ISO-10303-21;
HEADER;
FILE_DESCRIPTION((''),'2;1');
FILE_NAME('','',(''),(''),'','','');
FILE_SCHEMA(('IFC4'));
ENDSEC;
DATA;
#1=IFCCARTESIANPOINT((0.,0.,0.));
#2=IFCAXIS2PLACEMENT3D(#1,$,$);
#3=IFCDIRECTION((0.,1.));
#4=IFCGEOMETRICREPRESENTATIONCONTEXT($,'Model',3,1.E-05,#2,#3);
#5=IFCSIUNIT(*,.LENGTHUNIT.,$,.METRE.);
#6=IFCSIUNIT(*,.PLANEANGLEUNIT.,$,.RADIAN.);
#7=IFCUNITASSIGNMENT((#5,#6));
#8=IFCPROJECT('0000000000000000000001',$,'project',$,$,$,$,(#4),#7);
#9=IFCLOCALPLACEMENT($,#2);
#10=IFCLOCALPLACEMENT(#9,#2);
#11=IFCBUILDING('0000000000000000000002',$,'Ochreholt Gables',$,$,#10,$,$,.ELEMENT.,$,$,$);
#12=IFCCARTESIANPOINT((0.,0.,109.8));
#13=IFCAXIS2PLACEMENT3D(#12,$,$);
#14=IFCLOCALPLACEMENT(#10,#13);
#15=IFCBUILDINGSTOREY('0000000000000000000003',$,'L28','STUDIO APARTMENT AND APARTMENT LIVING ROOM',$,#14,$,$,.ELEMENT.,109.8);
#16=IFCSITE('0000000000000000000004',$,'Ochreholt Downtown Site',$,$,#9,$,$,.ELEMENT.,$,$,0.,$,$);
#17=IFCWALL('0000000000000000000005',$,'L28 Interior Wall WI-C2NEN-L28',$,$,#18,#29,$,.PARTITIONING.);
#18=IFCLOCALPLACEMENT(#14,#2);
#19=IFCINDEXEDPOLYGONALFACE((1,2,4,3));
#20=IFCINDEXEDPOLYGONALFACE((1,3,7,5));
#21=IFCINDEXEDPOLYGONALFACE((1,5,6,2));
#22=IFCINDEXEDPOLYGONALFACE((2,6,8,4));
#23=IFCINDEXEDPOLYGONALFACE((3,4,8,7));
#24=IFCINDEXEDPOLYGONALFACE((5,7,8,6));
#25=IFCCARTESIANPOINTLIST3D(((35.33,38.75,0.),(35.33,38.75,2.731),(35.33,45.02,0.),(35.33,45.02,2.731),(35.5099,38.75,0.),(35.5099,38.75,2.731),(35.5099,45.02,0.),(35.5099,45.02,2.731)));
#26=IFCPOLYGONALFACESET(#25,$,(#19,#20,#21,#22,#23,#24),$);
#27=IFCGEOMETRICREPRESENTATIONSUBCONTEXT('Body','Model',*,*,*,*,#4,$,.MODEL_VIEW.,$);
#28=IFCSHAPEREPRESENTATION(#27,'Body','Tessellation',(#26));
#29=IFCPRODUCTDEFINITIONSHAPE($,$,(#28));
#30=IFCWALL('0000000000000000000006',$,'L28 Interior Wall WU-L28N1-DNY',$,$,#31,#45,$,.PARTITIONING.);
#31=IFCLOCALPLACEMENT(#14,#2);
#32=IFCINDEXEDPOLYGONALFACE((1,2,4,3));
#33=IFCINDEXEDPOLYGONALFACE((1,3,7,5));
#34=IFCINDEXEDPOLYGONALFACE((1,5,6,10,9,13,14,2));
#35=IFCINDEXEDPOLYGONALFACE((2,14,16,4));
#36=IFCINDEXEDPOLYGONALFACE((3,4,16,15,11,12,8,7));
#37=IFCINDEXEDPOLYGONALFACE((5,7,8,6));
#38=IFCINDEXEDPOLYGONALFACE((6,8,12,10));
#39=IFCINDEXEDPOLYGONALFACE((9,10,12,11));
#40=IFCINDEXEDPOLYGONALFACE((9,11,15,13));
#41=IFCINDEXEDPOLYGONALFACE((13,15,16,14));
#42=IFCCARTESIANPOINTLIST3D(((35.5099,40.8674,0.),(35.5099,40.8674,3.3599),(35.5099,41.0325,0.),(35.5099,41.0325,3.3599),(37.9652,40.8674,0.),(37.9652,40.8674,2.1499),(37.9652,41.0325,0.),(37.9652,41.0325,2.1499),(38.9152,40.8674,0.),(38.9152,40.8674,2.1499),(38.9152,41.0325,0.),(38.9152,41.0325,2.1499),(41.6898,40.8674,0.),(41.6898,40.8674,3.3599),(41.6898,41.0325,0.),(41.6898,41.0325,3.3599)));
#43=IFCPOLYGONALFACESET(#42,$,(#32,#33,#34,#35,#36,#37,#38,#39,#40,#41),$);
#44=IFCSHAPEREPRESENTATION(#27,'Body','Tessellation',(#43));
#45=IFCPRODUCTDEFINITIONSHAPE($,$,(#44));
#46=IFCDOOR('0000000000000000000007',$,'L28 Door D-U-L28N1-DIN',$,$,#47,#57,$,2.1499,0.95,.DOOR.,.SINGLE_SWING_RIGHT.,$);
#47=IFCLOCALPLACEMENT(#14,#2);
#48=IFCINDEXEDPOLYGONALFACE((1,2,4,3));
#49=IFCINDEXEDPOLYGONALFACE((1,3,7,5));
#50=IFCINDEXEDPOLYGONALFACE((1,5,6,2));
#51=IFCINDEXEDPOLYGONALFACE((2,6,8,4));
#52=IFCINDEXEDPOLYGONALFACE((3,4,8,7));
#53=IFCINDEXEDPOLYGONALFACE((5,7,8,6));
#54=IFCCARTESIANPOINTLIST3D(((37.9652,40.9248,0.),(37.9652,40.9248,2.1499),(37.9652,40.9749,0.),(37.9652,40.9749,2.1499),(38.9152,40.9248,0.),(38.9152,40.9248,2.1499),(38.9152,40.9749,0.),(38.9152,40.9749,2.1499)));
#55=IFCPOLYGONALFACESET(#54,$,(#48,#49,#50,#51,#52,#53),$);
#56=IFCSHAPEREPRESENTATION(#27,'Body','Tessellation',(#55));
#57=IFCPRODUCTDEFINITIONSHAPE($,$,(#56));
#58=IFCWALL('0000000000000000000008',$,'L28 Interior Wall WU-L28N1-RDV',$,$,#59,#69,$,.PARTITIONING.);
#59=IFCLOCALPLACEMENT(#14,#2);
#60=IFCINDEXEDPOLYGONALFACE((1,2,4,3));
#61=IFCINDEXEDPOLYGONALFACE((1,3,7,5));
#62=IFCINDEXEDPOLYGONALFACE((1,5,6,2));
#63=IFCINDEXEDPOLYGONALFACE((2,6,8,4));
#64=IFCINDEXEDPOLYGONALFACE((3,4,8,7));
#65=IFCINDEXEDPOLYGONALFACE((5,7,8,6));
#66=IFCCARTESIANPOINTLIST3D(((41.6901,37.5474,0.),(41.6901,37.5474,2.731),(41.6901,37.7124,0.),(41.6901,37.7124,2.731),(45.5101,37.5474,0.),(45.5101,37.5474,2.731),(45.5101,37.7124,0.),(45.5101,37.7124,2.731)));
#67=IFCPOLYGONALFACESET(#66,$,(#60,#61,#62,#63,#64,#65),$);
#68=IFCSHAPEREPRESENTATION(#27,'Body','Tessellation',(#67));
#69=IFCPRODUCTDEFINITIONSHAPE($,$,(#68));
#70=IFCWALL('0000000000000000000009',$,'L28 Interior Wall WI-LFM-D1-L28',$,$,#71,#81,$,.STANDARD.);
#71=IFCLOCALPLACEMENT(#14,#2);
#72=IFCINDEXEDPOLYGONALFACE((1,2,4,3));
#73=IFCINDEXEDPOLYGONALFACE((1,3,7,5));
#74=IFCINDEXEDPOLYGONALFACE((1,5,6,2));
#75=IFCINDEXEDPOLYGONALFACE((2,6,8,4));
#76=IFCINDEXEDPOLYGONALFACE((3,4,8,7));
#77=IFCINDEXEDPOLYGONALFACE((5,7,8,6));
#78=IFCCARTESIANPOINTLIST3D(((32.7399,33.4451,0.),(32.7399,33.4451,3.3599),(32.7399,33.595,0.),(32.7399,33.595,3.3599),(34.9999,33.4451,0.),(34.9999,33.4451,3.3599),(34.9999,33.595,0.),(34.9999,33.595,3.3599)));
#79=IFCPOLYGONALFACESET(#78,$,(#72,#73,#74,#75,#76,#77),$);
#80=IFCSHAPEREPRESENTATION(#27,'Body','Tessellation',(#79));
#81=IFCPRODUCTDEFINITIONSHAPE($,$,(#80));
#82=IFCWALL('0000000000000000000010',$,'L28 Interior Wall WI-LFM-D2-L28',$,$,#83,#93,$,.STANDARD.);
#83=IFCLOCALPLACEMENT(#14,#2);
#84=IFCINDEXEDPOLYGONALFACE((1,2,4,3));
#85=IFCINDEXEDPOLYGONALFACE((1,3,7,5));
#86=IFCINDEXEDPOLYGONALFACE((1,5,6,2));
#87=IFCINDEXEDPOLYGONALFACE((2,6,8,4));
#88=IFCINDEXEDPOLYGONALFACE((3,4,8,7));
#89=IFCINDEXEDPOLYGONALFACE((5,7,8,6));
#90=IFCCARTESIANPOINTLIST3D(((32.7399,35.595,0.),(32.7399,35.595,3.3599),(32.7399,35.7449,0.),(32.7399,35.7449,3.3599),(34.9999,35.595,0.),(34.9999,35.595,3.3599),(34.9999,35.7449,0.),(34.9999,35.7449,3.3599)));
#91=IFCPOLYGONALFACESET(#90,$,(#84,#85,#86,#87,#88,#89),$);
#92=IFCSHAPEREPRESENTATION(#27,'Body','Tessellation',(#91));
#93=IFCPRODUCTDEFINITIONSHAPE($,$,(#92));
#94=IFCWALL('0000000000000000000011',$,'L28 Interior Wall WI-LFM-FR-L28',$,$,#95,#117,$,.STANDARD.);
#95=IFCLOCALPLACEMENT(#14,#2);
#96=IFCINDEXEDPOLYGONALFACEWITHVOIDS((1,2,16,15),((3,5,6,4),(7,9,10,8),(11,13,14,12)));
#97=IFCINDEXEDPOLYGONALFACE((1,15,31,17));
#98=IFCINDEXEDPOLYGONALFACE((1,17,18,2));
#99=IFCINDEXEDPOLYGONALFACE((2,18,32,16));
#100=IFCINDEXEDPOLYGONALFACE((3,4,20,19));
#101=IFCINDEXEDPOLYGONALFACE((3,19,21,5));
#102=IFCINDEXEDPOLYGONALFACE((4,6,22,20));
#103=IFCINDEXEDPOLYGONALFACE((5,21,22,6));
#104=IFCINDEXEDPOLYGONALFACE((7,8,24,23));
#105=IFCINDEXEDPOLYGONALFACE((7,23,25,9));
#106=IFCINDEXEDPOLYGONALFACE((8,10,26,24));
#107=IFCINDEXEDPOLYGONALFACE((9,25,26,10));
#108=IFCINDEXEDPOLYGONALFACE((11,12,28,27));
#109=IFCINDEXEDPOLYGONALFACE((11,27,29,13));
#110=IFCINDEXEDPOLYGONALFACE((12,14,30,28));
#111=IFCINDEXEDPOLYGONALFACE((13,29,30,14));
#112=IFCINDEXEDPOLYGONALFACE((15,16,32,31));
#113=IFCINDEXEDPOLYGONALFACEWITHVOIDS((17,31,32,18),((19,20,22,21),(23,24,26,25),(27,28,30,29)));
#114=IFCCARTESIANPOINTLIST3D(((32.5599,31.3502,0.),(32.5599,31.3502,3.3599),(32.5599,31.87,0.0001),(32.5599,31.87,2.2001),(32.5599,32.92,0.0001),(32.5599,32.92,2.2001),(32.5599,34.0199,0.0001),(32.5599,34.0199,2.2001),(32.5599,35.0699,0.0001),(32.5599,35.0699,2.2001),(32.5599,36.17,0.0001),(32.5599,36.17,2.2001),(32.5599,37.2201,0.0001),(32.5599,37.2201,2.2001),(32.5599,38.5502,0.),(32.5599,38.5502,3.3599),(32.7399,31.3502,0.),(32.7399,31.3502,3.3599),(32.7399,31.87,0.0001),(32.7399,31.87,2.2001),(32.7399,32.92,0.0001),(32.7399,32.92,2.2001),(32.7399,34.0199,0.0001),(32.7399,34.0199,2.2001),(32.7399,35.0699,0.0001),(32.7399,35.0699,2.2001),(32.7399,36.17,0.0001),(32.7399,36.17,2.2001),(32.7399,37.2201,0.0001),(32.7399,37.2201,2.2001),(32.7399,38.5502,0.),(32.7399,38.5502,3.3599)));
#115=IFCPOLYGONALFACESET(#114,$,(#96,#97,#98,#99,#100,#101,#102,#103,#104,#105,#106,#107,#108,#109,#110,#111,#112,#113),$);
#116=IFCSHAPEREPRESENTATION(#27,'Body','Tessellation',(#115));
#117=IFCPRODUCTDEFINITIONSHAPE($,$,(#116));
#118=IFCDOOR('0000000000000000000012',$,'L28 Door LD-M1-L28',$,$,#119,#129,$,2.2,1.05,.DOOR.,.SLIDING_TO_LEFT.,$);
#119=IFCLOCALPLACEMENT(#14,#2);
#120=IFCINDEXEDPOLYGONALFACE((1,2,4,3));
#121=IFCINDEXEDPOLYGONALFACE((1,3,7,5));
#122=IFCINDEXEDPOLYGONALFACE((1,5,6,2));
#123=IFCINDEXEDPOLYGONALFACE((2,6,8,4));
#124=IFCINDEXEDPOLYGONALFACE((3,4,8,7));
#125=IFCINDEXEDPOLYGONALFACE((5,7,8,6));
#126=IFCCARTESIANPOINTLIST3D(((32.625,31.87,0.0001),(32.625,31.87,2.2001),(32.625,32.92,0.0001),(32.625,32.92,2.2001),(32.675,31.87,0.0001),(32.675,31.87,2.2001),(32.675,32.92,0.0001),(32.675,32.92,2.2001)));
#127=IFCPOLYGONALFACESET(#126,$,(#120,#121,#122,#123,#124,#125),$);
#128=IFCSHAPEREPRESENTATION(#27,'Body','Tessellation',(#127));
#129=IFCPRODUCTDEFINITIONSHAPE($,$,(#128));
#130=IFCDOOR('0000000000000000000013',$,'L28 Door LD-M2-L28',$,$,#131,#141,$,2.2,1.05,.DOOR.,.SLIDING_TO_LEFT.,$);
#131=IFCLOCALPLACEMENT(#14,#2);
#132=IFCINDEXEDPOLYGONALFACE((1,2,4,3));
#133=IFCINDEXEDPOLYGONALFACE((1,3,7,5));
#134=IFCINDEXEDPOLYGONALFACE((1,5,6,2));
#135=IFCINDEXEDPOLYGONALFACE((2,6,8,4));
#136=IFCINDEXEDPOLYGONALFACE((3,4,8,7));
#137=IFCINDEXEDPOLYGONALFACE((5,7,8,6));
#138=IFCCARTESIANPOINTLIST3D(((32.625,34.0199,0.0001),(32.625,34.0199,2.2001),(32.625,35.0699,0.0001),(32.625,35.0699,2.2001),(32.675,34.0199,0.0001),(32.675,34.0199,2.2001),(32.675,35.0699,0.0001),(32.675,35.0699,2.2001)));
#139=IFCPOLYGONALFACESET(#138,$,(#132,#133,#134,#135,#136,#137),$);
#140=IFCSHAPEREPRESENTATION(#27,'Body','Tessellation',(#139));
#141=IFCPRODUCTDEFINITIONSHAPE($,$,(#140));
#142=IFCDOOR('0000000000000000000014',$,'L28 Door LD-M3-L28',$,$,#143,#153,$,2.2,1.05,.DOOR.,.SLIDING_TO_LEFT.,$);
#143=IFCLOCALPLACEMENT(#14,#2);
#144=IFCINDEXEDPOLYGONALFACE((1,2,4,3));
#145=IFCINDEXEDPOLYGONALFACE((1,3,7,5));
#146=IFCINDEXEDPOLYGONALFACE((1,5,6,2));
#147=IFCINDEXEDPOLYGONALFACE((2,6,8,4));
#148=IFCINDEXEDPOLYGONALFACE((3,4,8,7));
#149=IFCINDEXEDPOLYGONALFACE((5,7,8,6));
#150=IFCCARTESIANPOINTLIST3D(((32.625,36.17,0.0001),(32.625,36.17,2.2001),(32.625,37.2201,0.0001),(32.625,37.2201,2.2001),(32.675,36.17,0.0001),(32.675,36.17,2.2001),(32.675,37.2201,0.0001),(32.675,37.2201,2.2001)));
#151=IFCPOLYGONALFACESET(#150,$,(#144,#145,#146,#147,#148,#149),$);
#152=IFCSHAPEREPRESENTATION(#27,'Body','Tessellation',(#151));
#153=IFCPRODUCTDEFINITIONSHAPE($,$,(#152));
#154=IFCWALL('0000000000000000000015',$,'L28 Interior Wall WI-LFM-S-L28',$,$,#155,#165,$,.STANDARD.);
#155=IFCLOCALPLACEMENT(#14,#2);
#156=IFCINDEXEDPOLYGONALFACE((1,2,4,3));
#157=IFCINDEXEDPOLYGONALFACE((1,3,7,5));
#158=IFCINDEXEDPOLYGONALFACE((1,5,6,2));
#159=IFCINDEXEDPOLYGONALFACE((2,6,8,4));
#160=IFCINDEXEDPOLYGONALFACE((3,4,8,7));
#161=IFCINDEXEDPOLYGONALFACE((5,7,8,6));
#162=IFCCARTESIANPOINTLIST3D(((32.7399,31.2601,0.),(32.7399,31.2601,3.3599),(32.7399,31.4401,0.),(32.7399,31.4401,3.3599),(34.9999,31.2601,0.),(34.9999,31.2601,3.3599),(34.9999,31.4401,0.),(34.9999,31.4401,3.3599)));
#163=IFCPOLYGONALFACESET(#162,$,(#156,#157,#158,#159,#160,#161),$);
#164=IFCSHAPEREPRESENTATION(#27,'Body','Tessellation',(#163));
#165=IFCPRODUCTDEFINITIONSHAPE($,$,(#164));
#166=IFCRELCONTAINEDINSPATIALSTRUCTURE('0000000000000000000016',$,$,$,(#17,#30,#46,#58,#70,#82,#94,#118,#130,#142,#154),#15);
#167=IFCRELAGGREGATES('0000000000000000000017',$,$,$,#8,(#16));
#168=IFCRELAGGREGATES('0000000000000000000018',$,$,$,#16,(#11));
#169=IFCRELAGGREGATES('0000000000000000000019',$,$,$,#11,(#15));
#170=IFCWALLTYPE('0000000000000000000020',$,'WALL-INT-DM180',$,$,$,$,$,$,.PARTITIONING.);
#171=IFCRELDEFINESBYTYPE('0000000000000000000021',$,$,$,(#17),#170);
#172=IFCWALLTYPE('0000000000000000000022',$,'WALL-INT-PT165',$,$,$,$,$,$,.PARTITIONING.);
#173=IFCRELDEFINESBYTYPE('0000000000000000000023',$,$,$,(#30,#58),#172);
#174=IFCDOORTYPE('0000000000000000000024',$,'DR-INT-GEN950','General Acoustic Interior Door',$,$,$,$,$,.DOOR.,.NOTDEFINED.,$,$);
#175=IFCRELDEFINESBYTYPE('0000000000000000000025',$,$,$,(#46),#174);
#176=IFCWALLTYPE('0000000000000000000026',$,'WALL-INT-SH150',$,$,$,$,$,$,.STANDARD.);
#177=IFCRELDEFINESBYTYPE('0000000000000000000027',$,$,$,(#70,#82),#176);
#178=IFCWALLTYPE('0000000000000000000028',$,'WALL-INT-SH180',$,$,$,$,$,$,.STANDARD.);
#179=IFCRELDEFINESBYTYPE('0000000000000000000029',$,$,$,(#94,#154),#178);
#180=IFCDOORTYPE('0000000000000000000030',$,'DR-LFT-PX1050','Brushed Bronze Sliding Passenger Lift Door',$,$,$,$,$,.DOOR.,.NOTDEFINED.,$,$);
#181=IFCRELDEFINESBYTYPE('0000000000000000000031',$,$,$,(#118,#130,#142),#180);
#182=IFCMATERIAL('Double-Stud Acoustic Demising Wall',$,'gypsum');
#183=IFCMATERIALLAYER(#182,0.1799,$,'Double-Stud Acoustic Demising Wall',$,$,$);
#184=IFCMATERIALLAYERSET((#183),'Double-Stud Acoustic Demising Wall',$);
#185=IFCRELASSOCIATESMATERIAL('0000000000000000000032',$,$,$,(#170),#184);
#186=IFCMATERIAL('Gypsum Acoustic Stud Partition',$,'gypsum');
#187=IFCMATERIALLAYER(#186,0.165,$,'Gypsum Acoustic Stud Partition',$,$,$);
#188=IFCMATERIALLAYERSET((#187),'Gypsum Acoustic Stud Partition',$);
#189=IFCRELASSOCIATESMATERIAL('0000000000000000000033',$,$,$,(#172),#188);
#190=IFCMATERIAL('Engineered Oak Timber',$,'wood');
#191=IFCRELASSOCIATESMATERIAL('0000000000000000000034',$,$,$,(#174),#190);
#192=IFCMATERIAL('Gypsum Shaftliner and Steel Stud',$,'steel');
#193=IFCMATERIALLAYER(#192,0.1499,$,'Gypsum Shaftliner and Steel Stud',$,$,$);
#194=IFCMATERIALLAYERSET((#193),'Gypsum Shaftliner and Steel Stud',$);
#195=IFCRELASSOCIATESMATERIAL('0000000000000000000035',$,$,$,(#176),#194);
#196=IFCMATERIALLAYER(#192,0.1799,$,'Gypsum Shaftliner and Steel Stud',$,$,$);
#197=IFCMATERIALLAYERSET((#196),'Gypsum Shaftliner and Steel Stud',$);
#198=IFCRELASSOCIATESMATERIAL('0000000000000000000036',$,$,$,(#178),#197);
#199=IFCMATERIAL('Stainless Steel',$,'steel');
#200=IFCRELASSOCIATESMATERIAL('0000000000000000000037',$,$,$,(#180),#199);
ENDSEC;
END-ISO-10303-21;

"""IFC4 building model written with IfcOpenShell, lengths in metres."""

from ifc_helpers import new_model, si_unit, direction, frame, frame_2d, origin, place, context, subcontext, project, spatial, rectangle, extrude, material, layer, layer_set, type_object, element, fill, save


model = new_model("IFC4")

# Units and contexts
model_context = context("Model", 3, precision=1e-05, world=origin(), true_north=direction((0.0, 1.0)))
body_context = subcontext(model_context, "Body", "Model", "MODEL_VIEW")
ifc_project = project(units=[si_unit("LENGTHUNIT", "METRE"), si_unit("PLANEANGLEUNIT", "RADIAN")], contexts=[model_context])

# Site, building, storey
site_placement = place(None, origin())
site = spatial("IfcSite", under=ifc_project, at=site_placement, Name="Ochreholt Downtown Site", CompositionType="ELEMENT", RefElevation=0.0)
building_placement = place(site_placement, origin())
building = spatial("IfcBuilding", under=site, at=building_placement, Name="Ochreholt Gables", CompositionType="ELEMENT")
storey_placement = place(building_placement, frame((0.0, 0.0, 109.8)))
storey = spatial("IfcBuildingStorey", under=building, at=storey_placement, Name="L28", Description="STUDIO APARTMENT AND APARTMENT LIVING ROOM", CompositionType="ELEMENT", Elevation=109.8)

# Wall
ifc_material_1 = material(Name="Double-Stud Acoustic Demising Wall", Category="gypsum")
ifc_layer_1 = layer(ifc_material_1, 0.1799, Name="Double-Stud Acoustic Demising Wall")
ifc_layer_set_1 = layer_set([ifc_layer_1], Name="Double-Stud Acoustic Demising Wall")
wall_type_1 = type_object("IfcWallType", Name="WALL-INT-DM180", PredefinedType="PARTITIONING", material=ifc_layer_set_1)
wall_1_placement = place(storey_placement, frame((35.4199, 38.75, 0.0), z_axis=(0.0, 0.0, 1.0), x_axis=(0.0, 1.0, 0.0)))
element("IfcWall", 1, at=wall_1_placement, inside=storey, type_object=wall_type_1, Name="L28 Interior Wall WI-C2NEN-L28", PredefinedType="PARTITIONING", context=body_context, shape_type="SweptSolid", body=[
    extrude(rectangle(XDim=6.27, YDim=0.1799, at=frame_2d((3.135, 0.0))), origin(), (0.0, 0.0, 1.0), 2.731),
])

# Shared definitions
ifc_material_2 = material(Name="Engineered Oak Timber", Category="wood")

# Wall, opening, door
ifc_material_3 = material(Name="Gypsum Acoustic Stud Partition", Category="gypsum")
ifc_layer_2 = layer(ifc_material_3, 0.165, Name="Gypsum Acoustic Stud Partition")
ifc_layer_set_2 = layer_set([ifc_layer_2], Name="Gypsum Acoustic Stud Partition")
wall_type_2 = type_object("IfcWallType", Name="WALL-INT-PT165", PredefinedType="PARTITIONING", material=ifc_layer_set_2)
wall_2_placement = place(storey_placement, frame((35.51, 40.95, 0.0), z_axis=(0.0, 0.0, 1.0), x_axis=(1.0, 0.0, 0.0)))
wall_2 = element("IfcWall", 2, at=wall_2_placement, inside=storey, type_object=wall_type_2, Name="L28 Interior Wall WU-L28N1-DNY", PredefinedType="PARTITIONING", context=body_context, shape_type="SweptSolid", body=[
    extrude(rectangle(XDim=6.1799, YDim=0.165, at=frame_2d((3.0898, 0.0))), origin(), (0.0, 0.0, 1.0), 3.3599),
])
opening_1_placement = place(wall_2_placement, frame((2.4551, 0.0, 0.0)))
opening_1 = element("IfcOpeningElement", 3, at=opening_1_placement, cuts=wall_2, PredefinedType="OPENING", context=body_context, shape_type="SweptSolid", body=[
    extrude(rectangle(XDim=0.95, YDim=2.1499, at=frame_2d((0.4751, 1.075))), frame((0.0, 0.0925, 0.0), z_axis=(0.0, -1.0, 0.0), x_axis=(1.0, 0.0, 0.0)), (0.0, 0.0, 1.0), 0.1851),
])
door_type_1 = type_object("IfcDoorType", Name="DR-INT-GEN950", Description="General Acoustic Interior Door", OperationType="NOTDEFINED", PredefinedType="DOOR", material=ifc_material_2)
door_1_placement = place(opening_1_placement, origin())
door_1 = element("IfcDoor", 4, at=door_1_placement, inside=storey, type_object=door_type_1, Name="L28 Door D-U-L28N1-DIN", OperationType="SINGLE_SWING_RIGHT", OverallHeight=2.1499, OverallWidth=0.95, PredefinedType="DOOR", context=body_context, shape_type="SweptSolid", body=[
    extrude(rectangle(XDim=0.95, YDim=2.1499, at=frame_2d((0.4751, 1.075))), frame((0.0, 0.0249, 0.0), z_axis=(0.0, -1.0, 0.0), x_axis=(1.0, 0.0, 0.0)), (0.0, 0.0, 1.0), 0.05),
])
fill(opening_1, door_1)

# Walls
wall_3_placement = place(storey_placement, frame((41.6899, 37.6299, 0.0), z_axis=(0.0, 0.0, 1.0), x_axis=(1.0, 0.0, 0.0)))
element("IfcWall", 5, at=wall_3_placement, inside=storey, type_object=wall_type_2, Name="L28 Interior Wall WU-L28N1-RDV", PredefinedType="PARTITIONING", context=body_context, shape_type="SweptSolid", body=[
    extrude(rectangle(XDim=3.8201, YDim=0.165, at=frame_2d((1.9102, 0.0))), origin(), (0.0, 0.0, 1.0), 2.731),
])
ifc_material_4 = material(Name="Gypsum Shaftliner and Steel Stud", Category="steel")
ifc_layer_3 = layer(ifc_material_4, 0.1499, Name="Gypsum Shaftliner and Steel Stud")
ifc_layer_set_3 = layer_set([ifc_layer_3], Name="Gypsum Shaftliner and Steel Stud")
wall_type_3 = type_object("IfcWallType", Name="WALL-INT-SH150", PredefinedType="STANDARD", material=ifc_layer_set_3)
for number, where, z_axis, x_axis, name in (
    (6, (32.74, 33.52, 0.0), (0.0, 0.0, 1.0), (1.0, 0.0, 0.0), "L28 Interior Wall WI-LFM-D1-L28"),
    (7, (32.74, 35.6699, 0.0), (0.0, 0.0, 1.0), (1.0, 0.0, 0.0), "L28 Interior Wall WI-LFM-D2-L28"),
):
    element("IfcWall", number, at=place(storey_placement, frame(where, z_axis=z_axis, x_axis=x_axis)), inside=storey, type_object=wall_type_3, Name=name, PredefinedType="STANDARD", context=body_context, shape_type="SweptSolid", body=[
        extrude(rectangle(XDim=2.26, YDim=0.1499, at=frame_2d((1.1299, 0.0))), origin(), (0.0, 0.0, 1.0), 3.3599),
    ])

# Wall, openings, doors
ifc_layer_4 = layer(ifc_material_4, 0.1799, Name="Gypsum Shaftliner and Steel Stud")
ifc_layer_set_4 = layer_set([ifc_layer_4], Name="Gypsum Shaftliner and Steel Stud")
wall_type_4 = type_object("IfcWallType", Name="WALL-INT-SH180", PredefinedType="STANDARD", material=ifc_layer_set_4)
wall_4_placement = place(storey_placement, frame((32.6499, 31.3501, 0.0), z_axis=(0.0, 0.0, 1.0), x_axis=(0.0, 1.0, 0.0)))
wall_4 = element("IfcWall", 8, at=wall_4_placement, inside=storey, type_object=wall_type_4, Name="L28 Interior Wall WI-LFM-FR-L28", PredefinedType="STANDARD", context=body_context, shape_type="SweptSolid", body=[
    extrude(rectangle(XDim=7.2, YDim=0.1799, at=frame_2d((3.6001, 0.0))), origin(), (0.0, 0.0, 1.0), 3.3599),
])
opening_2_placement = place(wall_4_placement, frame((0.52, 0.0, 0.0)))
opening_2 = element("IfcOpeningElement", 9, at=opening_2_placement, cuts=wall_4, PredefinedType="OPENING", context=body_context, shape_type="SweptSolid", body=[
    extrude(rectangle(XDim=1.05, YDim=2.2, at=frame_2d((0.5249, 1.1001))), frame((0.0, 0.0999, 0.0), z_axis=(0.0, -1.0, 0.0), x_axis=(1.0, 0.0, 0.0)), (0.0, 0.0, 1.0), 0.2),
])
opening_3_placement = place(wall_4_placement, frame((2.6699, 0.0, 0.0)))
opening_3 = element("IfcOpeningElement", 10, at=opening_3_placement, cuts=wall_4, PredefinedType="OPENING", context=body_context, shape_type="SweptSolid", body=[
    extrude(rectangle(XDim=1.05, YDim=2.2, at=frame_2d((0.5249, 1.1001))), frame((0.0, 0.0999, 0.0), z_axis=(0.0, -1.0, 0.0), x_axis=(1.0, 0.0, 0.0)), (0.0, 0.0, 1.0), 0.2),
])
opening_4_placement = place(wall_4_placement, frame((4.8201, 0.0, 0.0)))
opening_4 = element("IfcOpeningElement", 11, at=opening_4_placement, cuts=wall_4, PredefinedType="OPENING", context=body_context, shape_type="SweptSolid", body=[
    extrude(rectangle(XDim=1.05, YDim=2.2, at=frame_2d((0.5249, 1.1001))), frame((0.0, 0.0999, 0.0), z_axis=(0.0, -1.0, 0.0), x_axis=(1.0, 0.0, 0.0)), (0.0, 0.0, 1.0), 0.2),
])
ifc_material_5 = material(Name="Stainless Steel", Category="steel")
door_type_2 = type_object("IfcDoorType", Name="DR-LFT-PX1050", Description="Brushed Bronze Sliding Passenger Lift Door", OperationType="NOTDEFINED", PredefinedType="DOOR", material=ifc_material_5)
door_2_placement = place(opening_2_placement, origin())
door_2 = element("IfcDoor", 12, at=door_2_placement, inside=storey, type_object=door_type_2, Name="L28 Door LD-M1-L28", OperationType="SLIDING_TO_LEFT", OverallHeight=2.2, OverallWidth=1.05, PredefinedType="DOOR", context=body_context, shape_type="SweptSolid", body=[
    extrude(rectangle(XDim=1.05, YDim=2.2, at=frame_2d((0.5249, 1.1001))), frame((0.0, 0.0249, 0.0), z_axis=(0.0, -1.0, 0.0), x_axis=(1.0, 0.0, 0.0)), (0.0, 0.0, 1.0), 0.05),
])
fill(opening_2, door_2)
door_3_placement = place(opening_3_placement, origin())
door_3 = element("IfcDoor", 13, at=door_3_placement, inside=storey, type_object=door_type_2, Name="L28 Door LD-M2-L28", OperationType="SLIDING_TO_LEFT", OverallHeight=2.2, OverallWidth=1.05, PredefinedType="DOOR", context=body_context, shape_type="SweptSolid", body=[
    extrude(rectangle(XDim=1.05, YDim=2.2, at=frame_2d((0.5249, 1.1001))), frame((0.0, 0.0249, 0.0), z_axis=(0.0, -1.0, 0.0), x_axis=(1.0, 0.0, 0.0)), (0.0, 0.0, 1.0), 0.05),
])
fill(opening_3, door_3)
door_4_placement = place(opening_4_placement, origin())
door_4 = element("IfcDoor", 14, at=door_4_placement, inside=storey, type_object=door_type_2, Name="L28 Door LD-M3-L28", OperationType="SLIDING_TO_LEFT", OverallHeight=2.2, OverallWidth=1.05, PredefinedType="DOOR", context=body_context, shape_type="SweptSolid", body=[
    extrude(rectangle(XDim=1.05, YDim=2.2, at=frame_2d((0.5249, 1.1001))), frame((0.0, 0.0249, 0.0), z_axis=(0.0, -1.0, 0.0), x_axis=(1.0, 0.0, 0.0)), (0.0, 0.0, 1.0), 0.05),
])
fill(opening_4, door_4)

# Wall
wall_5_placement = place(storey_placement, frame((32.74, 31.3501, 0.0), z_axis=(0.0, 0.0, 1.0), x_axis=(1.0, 0.0, 0.0)))
element("IfcWall", 15, at=wall_5_placement, inside=storey, type_object=wall_type_4, Name="L28 Interior Wall WI-LFM-S-L28", PredefinedType="STANDARD", context=body_context, shape_type="SweptSolid", body=[
    extrude(rectangle(XDim=2.26, YDim=0.1799, at=frame_2d((1.1299, 0.0))), origin(), (0.0, 0.0, 1.0), 3.3599),
])

save(model, "model.ifc")
